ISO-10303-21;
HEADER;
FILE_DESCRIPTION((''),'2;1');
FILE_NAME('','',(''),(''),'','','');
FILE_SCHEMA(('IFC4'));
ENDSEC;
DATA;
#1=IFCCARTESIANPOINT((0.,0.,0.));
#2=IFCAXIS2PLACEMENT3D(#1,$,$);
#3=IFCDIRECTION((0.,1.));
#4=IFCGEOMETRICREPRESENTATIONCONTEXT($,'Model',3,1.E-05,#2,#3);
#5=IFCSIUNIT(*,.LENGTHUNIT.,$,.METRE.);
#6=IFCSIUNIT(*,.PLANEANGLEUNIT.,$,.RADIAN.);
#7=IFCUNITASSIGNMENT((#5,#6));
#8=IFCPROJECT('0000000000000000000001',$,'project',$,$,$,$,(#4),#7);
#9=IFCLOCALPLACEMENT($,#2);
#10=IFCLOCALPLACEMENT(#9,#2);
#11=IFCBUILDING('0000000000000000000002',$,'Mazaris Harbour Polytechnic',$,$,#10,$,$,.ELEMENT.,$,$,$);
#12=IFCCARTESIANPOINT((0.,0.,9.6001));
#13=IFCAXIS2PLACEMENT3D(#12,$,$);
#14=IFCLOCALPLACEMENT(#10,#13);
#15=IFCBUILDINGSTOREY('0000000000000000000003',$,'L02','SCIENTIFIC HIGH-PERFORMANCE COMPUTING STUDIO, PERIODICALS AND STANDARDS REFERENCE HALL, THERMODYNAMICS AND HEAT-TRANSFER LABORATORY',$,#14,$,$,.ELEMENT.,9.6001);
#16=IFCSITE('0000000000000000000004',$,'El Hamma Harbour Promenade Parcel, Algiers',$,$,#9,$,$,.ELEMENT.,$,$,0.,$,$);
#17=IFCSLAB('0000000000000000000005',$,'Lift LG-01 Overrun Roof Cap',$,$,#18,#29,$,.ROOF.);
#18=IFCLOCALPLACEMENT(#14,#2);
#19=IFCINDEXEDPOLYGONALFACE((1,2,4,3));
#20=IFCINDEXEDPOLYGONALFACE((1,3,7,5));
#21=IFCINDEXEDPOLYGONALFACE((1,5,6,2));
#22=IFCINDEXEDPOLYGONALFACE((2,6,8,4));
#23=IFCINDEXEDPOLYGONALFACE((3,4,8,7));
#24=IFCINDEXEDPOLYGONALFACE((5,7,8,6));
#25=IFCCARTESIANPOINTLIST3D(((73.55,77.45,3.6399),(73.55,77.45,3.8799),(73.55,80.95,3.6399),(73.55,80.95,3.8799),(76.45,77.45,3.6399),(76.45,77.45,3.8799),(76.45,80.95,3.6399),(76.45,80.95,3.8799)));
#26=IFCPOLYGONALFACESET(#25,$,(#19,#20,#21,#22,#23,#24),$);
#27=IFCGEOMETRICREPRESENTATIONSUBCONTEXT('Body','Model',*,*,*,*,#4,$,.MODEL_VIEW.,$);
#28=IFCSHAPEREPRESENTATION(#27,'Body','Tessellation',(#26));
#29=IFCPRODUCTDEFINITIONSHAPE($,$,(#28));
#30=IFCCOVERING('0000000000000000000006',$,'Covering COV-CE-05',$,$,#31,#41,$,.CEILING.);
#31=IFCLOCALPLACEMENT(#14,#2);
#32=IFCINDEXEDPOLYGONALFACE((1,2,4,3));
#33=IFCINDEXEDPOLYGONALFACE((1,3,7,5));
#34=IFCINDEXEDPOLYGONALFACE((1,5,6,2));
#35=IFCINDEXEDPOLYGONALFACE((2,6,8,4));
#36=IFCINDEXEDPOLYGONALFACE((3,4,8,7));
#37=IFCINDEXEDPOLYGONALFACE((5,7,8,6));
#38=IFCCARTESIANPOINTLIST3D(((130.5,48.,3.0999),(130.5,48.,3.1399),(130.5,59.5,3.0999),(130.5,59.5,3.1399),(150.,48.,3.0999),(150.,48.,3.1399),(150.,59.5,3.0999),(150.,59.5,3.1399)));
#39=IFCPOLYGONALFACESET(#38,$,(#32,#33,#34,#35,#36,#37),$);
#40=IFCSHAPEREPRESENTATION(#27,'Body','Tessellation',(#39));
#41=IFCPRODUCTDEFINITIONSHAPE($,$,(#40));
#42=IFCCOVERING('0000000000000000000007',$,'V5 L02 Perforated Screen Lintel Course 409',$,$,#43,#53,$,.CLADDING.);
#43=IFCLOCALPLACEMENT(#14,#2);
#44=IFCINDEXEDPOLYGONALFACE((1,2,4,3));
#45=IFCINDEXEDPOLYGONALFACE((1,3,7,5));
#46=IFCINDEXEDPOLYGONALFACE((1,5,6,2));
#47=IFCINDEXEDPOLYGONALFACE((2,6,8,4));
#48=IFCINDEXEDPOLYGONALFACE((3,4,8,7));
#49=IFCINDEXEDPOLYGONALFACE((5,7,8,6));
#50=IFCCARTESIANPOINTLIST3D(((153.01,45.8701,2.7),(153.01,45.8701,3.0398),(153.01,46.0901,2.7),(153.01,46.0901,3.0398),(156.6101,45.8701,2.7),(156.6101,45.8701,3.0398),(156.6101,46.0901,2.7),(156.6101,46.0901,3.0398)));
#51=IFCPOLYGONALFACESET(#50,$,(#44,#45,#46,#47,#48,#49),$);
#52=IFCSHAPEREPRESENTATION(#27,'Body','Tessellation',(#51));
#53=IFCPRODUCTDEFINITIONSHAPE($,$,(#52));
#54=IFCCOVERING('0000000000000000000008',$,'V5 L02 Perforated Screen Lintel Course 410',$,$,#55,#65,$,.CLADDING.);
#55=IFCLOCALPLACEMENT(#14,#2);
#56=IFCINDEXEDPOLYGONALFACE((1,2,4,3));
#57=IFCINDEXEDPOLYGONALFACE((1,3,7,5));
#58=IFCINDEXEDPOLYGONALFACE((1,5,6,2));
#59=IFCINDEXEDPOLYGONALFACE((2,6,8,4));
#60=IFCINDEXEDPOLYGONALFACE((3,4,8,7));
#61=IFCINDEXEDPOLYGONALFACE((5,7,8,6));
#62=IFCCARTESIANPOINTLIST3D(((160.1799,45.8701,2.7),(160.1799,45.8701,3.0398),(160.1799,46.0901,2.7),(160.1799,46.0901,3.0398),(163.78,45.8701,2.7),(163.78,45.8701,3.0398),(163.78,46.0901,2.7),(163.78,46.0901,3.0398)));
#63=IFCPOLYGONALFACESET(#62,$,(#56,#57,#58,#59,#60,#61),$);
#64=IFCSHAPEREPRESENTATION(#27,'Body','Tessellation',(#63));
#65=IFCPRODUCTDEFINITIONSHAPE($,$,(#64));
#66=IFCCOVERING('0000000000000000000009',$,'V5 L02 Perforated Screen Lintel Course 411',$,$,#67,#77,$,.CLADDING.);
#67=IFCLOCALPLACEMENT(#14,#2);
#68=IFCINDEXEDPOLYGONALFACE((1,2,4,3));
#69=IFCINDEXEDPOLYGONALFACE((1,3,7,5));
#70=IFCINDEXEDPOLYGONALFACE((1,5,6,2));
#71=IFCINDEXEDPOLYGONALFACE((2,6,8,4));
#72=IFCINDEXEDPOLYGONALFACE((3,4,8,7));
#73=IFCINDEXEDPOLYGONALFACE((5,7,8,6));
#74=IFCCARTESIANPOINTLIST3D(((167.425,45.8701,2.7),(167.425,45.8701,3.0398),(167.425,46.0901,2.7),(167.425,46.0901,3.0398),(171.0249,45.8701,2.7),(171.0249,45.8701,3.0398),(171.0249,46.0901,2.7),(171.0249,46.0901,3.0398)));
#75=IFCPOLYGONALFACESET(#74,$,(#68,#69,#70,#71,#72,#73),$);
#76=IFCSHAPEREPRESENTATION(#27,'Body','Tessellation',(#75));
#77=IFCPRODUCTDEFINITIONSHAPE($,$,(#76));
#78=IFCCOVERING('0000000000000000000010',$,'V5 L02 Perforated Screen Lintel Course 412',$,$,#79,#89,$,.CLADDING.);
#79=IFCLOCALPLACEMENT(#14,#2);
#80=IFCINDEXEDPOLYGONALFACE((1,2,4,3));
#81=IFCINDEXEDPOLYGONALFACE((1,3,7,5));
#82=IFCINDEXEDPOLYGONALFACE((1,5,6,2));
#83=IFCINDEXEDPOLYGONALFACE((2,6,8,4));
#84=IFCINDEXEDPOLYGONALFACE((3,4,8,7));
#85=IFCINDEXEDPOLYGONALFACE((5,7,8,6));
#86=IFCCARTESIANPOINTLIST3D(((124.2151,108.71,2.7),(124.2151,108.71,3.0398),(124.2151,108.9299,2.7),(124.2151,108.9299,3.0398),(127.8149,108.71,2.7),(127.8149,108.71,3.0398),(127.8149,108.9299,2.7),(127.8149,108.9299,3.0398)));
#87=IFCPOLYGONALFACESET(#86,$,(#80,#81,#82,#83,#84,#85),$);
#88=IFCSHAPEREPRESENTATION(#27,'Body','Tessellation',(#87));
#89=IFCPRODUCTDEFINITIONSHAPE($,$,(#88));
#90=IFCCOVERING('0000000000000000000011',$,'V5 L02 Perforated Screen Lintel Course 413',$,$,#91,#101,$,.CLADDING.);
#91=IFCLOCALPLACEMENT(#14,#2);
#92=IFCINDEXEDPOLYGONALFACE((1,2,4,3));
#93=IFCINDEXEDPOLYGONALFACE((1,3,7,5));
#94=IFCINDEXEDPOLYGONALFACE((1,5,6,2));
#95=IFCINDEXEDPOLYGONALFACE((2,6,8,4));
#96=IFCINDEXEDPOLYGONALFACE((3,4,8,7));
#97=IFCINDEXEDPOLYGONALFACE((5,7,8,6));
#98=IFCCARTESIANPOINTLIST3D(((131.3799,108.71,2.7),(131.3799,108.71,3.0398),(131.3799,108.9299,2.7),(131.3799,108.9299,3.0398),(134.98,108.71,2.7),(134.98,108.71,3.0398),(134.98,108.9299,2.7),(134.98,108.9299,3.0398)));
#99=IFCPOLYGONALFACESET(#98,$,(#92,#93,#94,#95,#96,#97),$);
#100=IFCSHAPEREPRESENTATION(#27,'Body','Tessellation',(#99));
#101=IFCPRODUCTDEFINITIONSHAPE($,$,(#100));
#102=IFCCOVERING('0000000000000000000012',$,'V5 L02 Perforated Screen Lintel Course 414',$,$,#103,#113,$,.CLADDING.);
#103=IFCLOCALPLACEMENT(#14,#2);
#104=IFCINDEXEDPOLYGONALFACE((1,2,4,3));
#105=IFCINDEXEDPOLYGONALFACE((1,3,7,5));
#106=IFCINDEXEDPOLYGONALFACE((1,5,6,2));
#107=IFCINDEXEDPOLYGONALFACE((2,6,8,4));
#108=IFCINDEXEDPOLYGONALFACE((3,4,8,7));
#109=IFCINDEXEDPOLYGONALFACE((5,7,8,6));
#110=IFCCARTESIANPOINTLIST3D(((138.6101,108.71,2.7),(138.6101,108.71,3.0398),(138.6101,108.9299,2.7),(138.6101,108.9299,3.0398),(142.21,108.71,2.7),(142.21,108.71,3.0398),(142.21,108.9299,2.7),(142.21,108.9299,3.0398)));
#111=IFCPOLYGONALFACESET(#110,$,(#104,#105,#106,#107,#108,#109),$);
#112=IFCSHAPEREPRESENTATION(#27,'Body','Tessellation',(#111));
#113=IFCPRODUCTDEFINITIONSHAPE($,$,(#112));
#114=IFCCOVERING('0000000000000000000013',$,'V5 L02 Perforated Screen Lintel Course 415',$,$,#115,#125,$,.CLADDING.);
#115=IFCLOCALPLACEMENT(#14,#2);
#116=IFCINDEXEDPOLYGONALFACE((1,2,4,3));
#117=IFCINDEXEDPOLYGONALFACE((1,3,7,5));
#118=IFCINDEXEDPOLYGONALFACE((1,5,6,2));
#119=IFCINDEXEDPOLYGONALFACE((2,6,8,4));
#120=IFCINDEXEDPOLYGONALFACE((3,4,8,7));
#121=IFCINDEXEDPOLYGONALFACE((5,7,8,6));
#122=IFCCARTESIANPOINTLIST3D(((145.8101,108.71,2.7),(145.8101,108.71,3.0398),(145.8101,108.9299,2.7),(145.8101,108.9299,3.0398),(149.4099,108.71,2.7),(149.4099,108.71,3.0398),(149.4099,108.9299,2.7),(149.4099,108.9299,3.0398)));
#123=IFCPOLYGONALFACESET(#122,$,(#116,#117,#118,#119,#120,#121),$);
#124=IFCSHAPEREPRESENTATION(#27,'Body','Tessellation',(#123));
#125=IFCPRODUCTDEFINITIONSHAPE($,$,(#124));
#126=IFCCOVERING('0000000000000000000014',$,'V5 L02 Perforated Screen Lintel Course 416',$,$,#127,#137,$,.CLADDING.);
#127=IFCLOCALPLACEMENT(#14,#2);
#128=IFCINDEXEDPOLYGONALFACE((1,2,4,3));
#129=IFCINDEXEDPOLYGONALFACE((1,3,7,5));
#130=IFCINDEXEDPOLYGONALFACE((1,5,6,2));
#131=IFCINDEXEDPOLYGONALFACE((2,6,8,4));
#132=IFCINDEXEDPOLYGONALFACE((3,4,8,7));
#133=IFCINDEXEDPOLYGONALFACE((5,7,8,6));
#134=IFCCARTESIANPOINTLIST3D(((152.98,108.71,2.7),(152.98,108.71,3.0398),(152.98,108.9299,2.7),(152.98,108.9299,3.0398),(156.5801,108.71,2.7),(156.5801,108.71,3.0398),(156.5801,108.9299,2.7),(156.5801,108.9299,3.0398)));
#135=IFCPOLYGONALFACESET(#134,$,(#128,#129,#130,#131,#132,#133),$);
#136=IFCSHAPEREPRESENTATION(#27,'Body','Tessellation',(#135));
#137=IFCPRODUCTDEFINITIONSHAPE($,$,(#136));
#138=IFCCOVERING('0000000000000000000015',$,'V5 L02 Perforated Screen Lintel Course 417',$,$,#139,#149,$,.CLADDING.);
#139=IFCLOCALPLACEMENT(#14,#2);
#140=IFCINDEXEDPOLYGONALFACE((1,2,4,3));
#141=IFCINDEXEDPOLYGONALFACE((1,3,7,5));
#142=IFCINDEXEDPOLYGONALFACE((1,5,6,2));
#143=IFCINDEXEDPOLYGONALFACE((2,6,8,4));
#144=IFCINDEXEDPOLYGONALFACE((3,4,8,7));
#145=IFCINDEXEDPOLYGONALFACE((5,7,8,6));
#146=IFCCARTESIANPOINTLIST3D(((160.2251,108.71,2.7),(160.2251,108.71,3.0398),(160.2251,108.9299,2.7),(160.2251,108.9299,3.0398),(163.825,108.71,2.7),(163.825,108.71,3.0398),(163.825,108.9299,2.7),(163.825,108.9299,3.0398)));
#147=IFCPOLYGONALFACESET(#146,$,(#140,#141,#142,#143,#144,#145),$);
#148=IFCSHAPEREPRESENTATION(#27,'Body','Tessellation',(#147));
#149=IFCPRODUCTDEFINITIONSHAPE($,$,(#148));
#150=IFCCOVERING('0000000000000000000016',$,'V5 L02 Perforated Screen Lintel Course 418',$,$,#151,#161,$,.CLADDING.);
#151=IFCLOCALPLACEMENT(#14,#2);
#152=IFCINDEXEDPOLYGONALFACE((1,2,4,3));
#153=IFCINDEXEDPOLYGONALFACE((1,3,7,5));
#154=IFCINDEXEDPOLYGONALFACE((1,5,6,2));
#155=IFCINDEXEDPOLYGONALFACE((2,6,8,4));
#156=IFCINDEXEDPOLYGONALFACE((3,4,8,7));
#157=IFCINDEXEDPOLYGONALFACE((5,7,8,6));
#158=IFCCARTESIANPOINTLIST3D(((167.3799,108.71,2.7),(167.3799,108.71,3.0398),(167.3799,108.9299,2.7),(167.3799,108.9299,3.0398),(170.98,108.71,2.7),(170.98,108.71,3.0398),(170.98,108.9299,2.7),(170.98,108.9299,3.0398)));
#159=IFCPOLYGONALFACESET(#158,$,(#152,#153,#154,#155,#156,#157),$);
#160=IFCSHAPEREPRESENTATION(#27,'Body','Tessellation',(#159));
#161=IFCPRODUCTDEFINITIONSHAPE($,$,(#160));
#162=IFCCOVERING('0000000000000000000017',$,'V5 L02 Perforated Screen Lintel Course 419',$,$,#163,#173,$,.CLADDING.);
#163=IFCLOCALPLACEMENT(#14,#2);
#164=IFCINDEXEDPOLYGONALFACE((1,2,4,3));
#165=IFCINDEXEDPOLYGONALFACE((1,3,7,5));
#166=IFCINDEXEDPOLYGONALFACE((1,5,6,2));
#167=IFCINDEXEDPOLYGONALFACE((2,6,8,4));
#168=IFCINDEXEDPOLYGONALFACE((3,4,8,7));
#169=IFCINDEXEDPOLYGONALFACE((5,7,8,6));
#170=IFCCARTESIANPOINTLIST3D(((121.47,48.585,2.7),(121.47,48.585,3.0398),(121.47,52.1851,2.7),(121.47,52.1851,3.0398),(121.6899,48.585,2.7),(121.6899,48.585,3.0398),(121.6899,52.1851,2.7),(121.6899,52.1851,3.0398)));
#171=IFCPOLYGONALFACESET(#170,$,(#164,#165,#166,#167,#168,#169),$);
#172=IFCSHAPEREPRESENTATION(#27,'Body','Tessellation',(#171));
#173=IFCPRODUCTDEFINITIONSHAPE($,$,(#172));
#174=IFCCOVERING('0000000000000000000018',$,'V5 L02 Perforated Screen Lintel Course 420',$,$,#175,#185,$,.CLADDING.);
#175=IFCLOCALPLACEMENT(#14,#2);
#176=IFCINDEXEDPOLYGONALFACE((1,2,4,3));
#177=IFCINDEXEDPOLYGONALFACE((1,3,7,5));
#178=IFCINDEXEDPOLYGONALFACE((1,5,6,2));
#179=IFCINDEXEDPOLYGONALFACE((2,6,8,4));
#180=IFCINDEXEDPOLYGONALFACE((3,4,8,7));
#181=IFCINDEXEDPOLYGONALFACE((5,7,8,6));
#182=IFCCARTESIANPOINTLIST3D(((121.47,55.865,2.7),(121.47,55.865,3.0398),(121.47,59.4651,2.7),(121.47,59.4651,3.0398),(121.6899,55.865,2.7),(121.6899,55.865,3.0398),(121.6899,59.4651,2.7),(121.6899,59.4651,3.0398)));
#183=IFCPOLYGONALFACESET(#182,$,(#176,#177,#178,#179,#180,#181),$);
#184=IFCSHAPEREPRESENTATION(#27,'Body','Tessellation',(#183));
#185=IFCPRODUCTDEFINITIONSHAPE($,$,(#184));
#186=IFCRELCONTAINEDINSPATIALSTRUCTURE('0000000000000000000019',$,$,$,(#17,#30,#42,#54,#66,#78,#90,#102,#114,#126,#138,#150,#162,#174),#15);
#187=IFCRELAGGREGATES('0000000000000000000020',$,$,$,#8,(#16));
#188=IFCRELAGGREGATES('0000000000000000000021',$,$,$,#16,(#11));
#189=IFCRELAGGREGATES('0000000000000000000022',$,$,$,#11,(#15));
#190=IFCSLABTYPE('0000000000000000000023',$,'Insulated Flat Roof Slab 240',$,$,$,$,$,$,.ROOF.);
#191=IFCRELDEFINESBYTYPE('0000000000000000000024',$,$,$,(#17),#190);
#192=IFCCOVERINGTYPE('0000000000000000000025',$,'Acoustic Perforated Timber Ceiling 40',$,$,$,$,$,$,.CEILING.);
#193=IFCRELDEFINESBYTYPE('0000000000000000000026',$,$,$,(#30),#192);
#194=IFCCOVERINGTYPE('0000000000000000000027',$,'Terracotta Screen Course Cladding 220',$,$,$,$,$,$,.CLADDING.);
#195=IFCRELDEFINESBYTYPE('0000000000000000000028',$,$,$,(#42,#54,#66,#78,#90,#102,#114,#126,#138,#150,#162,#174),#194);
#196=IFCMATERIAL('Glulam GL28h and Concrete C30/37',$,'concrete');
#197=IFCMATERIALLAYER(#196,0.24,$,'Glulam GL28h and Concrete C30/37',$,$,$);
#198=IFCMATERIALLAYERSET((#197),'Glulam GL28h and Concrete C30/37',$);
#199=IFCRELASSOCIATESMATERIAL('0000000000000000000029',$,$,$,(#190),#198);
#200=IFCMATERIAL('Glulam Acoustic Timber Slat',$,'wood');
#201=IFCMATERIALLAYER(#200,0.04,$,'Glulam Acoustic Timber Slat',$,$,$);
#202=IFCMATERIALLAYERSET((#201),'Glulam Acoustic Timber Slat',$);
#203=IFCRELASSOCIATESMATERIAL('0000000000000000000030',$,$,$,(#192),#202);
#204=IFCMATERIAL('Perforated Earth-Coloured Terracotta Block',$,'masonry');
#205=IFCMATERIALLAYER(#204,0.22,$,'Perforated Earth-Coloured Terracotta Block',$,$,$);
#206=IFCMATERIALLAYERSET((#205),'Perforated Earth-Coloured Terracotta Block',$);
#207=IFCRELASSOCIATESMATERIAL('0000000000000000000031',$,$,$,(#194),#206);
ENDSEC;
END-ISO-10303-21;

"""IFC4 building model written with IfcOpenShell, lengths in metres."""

from ifc_helpers import new_model, si_unit, direction, frame, origin, place, context, subcontext, project, spatial, polyline, outline, extrude, material, layer, layer_set, type_object, element, save


model = new_model("IFC4")

# Units and contexts
model_context = context("Model", 3, precision=1e-05, world=origin(), true_north=direction((0.0, 1.0)))
body_context = subcontext(model_context, "Body", "Model", "MODEL_VIEW")
ifc_project = project(units=[si_unit("LENGTHUNIT", "METRE"), si_unit("PLANEANGLEUNIT", "RADIAN")], contexts=[model_context])

# Site, building, storey
site_placement = place(None, origin())
site = spatial("IfcSite", under=ifc_project, at=site_placement, Name="El Hamma Harbour Promenade Parcel, Algiers", CompositionType="ELEMENT", RefElevation=0.0)
building_placement = place(site_placement, origin())
building = spatial("IfcBuilding", under=site, at=building_placement, Name="Mazaris Harbour Polytechnic", CompositionType="ELEMENT")
storey_placement = place(building_placement, frame((0.0, 0.0, 9.6001)))
storey = spatial("IfcBuildingStorey", under=building, at=storey_placement, Name="L02", Description="SCIENTIFIC HIGH-PERFORMANCE COMPUTING STUDIO, PERIODICALS AND STANDARDS REFERENCE HALL, THERMODYNAMICS AND HEAT-TRANSFER LABORATORY", CompositionType="ELEMENT", Elevation=9.6001)

# Slab
ifc_material_1 = material(Name="Glulam GL28h and Concrete C30/37", Category="concrete")
ifc_layer_1 = layer(ifc_material_1, 0.24, Name="Glulam GL28h and Concrete C30/37")
ifc_layer_set_1 = layer_set([ifc_layer_1], Name="Glulam GL28h and Concrete C30/37")
slab_type = type_object("IfcSlabType", Name="Insulated Flat Roof Slab 240", PredefinedType="ROOF", material=ifc_layer_set_1)
slab_placement = place(storey_placement, frame((0.0, 0.0, 3.6399)))
element("IfcSlab", 1, at=slab_placement, inside=storey, type_object=slab_type, Name="Lift LG-01 Overrun Roof Cap", PredefinedType="ROOF", context=body_context, shape_type="SweptSolid", body=[
    extrude(outline(polyline([(76.45, 77.45), (76.45, 80.95), (73.55, 80.95), (73.55, 77.45), (76.45, 77.45)])), origin(), (0.0, 0.0, 1.0), 0.24),
])

# Coverings
ifc_material_2 = material(Name="Glulam Acoustic Timber Slat", Category="wood")
ifc_layer_2 = layer(ifc_material_2, 0.04, Name="Glulam Acoustic Timber Slat")
ifc_layer_set_2 = layer_set([ifc_layer_2], Name="Glulam Acoustic Timber Slat")
covering_type_1 = type_object("IfcCoveringType", Name="Acoustic Perforated Timber Ceiling 40", PredefinedType="CEILING", material=ifc_layer_set_2)
covering_1_placement = place(storey_placement, frame((0.0, 0.0, 3.0999)))
element("IfcCovering", 2, at=covering_1_placement, inside=storey, type_object=covering_type_1, Name="Covering COV-CE-05", PredefinedType="CEILING", context=body_context, shape_type="SweptSolid", body=[
    extrude(outline(polyline([(130.5, 48.0), (150.0, 48.0), (150.0, 59.5), (130.5, 59.5), (130.5, 48.0)])), origin(), (0.0, 0.0, 1.0), 0.04),
])
ifc_material_3 = material(Name="Perforated Earth-Coloured Terracotta Block", Category="masonry")
ifc_layer_3 = layer(ifc_material_3, 0.22, Name="Perforated Earth-Coloured Terracotta Block")
ifc_layer_set_3 = layer_set([ifc_layer_3], Name="Perforated Earth-Coloured Terracotta Block")
covering_type_2 = type_object("IfcCoveringType", Name="Terracotta Screen Course Cladding 220", PredefinedType="CLADDING", material=ifc_layer_set_3)
covering_2_placement = place(storey_placement, frame((0.0, 0.0, 2.7)))
element("IfcCovering", 3, at=covering_2_placement, inside=storey, type_object=covering_type_2, Name="V5 L02 Perforated Screen Lintel Course 409", PredefinedType="CLADDING", context=body_context, shape_type="SweptSolid", body=[
    extrude(outline(polyline([(156.6101, 46.0901), (153.01, 46.0901), (153.01, 45.8701), (156.6101, 45.8701), (156.6101, 46.0901)])), origin(), (0.0, 0.0, 1.0), 0.3398),
])
covering_3_placement = place(storey_placement, frame((0.0, 0.0, 2.7)))
element("IfcCovering", 4, at=covering_3_placement, inside=storey, type_object=covering_type_2, Name="V5 L02 Perforated Screen Lintel Course 410", PredefinedType="CLADDING", context=body_context, shape_type="SweptSolid", body=[
    extrude(outline(polyline([(163.78, 46.0901), (160.1799, 46.0901), (160.1799, 45.8701), (163.78, 45.8701), (163.78, 46.0901)])), origin(), (0.0, 0.0, 1.0), 0.3398),
])
covering_4_placement = place(storey_placement, frame((0.0, 0.0, 2.7)))
element("IfcCovering", 5, at=covering_4_placement, inside=storey, type_object=covering_type_2, Name="V5 L02 Perforated Screen Lintel Course 411", PredefinedType="CLADDING", context=body_context, shape_type="SweptSolid", body=[
    extrude(outline(polyline([(171.0249, 46.0901), (167.425, 46.0901), (167.425, 45.8701), (171.0249, 45.8701), (171.0249, 46.0901)])), origin(), (0.0, 0.0, 1.0), 0.3398),
])
covering_5_placement = place(storey_placement, frame((0.0, 0.0, 2.7)))
element("IfcCovering", 6, at=covering_5_placement, inside=storey, type_object=covering_type_2, Name="V5 L02 Perforated Screen Lintel Course 412", PredefinedType="CLADDING", context=body_context, shape_type="SweptSolid", body=[
    extrude(outline(polyline([(124.2151, 108.71), (127.8149, 108.71), (127.8149, 108.9299), (124.2151, 108.9299), (124.2151, 108.71)])), origin(), (0.0, 0.0, 1.0), 0.3398),
])
covering_6_placement = place(storey_placement, frame((0.0, 0.0, 2.7)))
element("IfcCovering", 7, at=covering_6_placement, inside=storey, type_object=covering_type_2, Name="V5 L02 Perforated Screen Lintel Course 413", PredefinedType="CLADDING", context=body_context, shape_type="SweptSolid", body=[
    extrude(outline(polyline([(131.3799, 108.71), (134.98, 108.71), (134.98, 108.9299), (131.3799, 108.9299), (131.3799, 108.71)])), origin(), (0.0, 0.0, 1.0), 0.3398),
])
covering_7_placement = place(storey_placement, frame((0.0, 0.0, 2.7)))
element("IfcCovering", 8, at=covering_7_placement, inside=storey, type_object=covering_type_2, Name="V5 L02 Perforated Screen Lintel Course 414", PredefinedType="CLADDING", context=body_context, shape_type="SweptSolid", body=[
    extrude(outline(polyline([(138.6101, 108.71), (142.21, 108.71), (142.21, 108.9299), (138.6101, 108.9299), (138.6101, 108.71)])), origin(), (0.0, 0.0, 1.0), 0.3398),
])
covering_8_placement = place(storey_placement, frame((0.0, 0.0, 2.7)))
element("IfcCovering", 9, at=covering_8_placement, inside=storey, type_object=covering_type_2, Name="V5 L02 Perforated Screen Lintel Course 415", PredefinedType="CLADDING", context=body_context, shape_type="SweptSolid", body=[
    extrude(outline(polyline([(145.8101, 108.71), (149.4099, 108.71), (149.4099, 108.9299), (145.8101, 108.9299), (145.8101, 108.71)])), origin(), (0.0, 0.0, 1.0), 0.3398),
])
covering_9_placement = place(storey_placement, frame((0.0, 0.0, 2.7)))
element("IfcCovering", 10, at=covering_9_placement, inside=storey, type_object=covering_type_2, Name="V5 L02 Perforated Screen Lintel Course 416", PredefinedType="CLADDING", context=body_context, shape_type="SweptSolid", body=[
    extrude(outline(polyline([(152.98, 108.71), (156.5801, 108.71), (156.5801, 108.9299), (152.98, 108.9299), (152.98, 108.71)])), origin(), (0.0, 0.0, 1.0), 0.3398),
])
covering_10_placement = place(storey_placement, frame((0.0, 0.0, 2.7)))
element("IfcCovering", 11, at=covering_10_placement, inside=storey, type_object=covering_type_2, Name="V5 L02 Perforated Screen Lintel Course 417", PredefinedType="CLADDING", context=body_context, shape_type="SweptSolid", body=[
    extrude(outline(polyline([(160.2251, 108.71), (163.825, 108.71), (163.825, 108.9299), (160.2251, 108.9299), (160.2251, 108.71)])), origin(), (0.0, 0.0, 1.0), 0.3398),
])
covering_11_placement = place(storey_placement, frame((0.0, 0.0, 2.7)))
element("IfcCovering", 12, at=covering_11_placement, inside=storey, type_object=covering_type_2, Name="V5 L02 Perforated Screen Lintel Course 418", PredefinedType="CLADDING", context=body_context, shape_type="SweptSolid", body=[
    extrude(outline(polyline([(167.3799, 108.71), (170.98, 108.71), (170.98, 108.9299), (167.3799, 108.9299), (167.3799, 108.71)])), origin(), (0.0, 0.0, 1.0), 0.3398),
])
covering_12_placement = place(storey_placement, frame((0.0, 0.0, 2.7)))
element("IfcCovering", 13, at=covering_12_placement, inside=storey, type_object=covering_type_2, Name="V5 L02 Perforated Screen Lintel Course 419", PredefinedType="CLADDING", context=body_context, shape_type="SweptSolid", body=[
    extrude(outline(polyline([(121.6899, 48.585), (121.6899, 52.1851), (121.47, 52.1851), (121.47, 48.585), (121.6899, 48.585)])), origin(), (0.0, 0.0, 1.0), 0.3398),
])
covering_13_placement = place(storey_placement, frame((0.0, 0.0, 2.7)))
element("IfcCovering", 14, at=covering_13_placement, inside=storey, type_object=covering_type_2, Name="V5 L02 Perforated Screen Lintel Course 420", PredefinedType="CLADDING", context=body_context, shape_type="SweptSolid", body=[
    extrude(outline(polyline([(121.6899, 55.865), (121.6899, 59.4651), (121.47, 59.4651), (121.47, 55.865), (121.6899, 55.865)])), origin(), (0.0, 0.0, 1.0), 0.3398),
])

save(model, "model.ifc")
